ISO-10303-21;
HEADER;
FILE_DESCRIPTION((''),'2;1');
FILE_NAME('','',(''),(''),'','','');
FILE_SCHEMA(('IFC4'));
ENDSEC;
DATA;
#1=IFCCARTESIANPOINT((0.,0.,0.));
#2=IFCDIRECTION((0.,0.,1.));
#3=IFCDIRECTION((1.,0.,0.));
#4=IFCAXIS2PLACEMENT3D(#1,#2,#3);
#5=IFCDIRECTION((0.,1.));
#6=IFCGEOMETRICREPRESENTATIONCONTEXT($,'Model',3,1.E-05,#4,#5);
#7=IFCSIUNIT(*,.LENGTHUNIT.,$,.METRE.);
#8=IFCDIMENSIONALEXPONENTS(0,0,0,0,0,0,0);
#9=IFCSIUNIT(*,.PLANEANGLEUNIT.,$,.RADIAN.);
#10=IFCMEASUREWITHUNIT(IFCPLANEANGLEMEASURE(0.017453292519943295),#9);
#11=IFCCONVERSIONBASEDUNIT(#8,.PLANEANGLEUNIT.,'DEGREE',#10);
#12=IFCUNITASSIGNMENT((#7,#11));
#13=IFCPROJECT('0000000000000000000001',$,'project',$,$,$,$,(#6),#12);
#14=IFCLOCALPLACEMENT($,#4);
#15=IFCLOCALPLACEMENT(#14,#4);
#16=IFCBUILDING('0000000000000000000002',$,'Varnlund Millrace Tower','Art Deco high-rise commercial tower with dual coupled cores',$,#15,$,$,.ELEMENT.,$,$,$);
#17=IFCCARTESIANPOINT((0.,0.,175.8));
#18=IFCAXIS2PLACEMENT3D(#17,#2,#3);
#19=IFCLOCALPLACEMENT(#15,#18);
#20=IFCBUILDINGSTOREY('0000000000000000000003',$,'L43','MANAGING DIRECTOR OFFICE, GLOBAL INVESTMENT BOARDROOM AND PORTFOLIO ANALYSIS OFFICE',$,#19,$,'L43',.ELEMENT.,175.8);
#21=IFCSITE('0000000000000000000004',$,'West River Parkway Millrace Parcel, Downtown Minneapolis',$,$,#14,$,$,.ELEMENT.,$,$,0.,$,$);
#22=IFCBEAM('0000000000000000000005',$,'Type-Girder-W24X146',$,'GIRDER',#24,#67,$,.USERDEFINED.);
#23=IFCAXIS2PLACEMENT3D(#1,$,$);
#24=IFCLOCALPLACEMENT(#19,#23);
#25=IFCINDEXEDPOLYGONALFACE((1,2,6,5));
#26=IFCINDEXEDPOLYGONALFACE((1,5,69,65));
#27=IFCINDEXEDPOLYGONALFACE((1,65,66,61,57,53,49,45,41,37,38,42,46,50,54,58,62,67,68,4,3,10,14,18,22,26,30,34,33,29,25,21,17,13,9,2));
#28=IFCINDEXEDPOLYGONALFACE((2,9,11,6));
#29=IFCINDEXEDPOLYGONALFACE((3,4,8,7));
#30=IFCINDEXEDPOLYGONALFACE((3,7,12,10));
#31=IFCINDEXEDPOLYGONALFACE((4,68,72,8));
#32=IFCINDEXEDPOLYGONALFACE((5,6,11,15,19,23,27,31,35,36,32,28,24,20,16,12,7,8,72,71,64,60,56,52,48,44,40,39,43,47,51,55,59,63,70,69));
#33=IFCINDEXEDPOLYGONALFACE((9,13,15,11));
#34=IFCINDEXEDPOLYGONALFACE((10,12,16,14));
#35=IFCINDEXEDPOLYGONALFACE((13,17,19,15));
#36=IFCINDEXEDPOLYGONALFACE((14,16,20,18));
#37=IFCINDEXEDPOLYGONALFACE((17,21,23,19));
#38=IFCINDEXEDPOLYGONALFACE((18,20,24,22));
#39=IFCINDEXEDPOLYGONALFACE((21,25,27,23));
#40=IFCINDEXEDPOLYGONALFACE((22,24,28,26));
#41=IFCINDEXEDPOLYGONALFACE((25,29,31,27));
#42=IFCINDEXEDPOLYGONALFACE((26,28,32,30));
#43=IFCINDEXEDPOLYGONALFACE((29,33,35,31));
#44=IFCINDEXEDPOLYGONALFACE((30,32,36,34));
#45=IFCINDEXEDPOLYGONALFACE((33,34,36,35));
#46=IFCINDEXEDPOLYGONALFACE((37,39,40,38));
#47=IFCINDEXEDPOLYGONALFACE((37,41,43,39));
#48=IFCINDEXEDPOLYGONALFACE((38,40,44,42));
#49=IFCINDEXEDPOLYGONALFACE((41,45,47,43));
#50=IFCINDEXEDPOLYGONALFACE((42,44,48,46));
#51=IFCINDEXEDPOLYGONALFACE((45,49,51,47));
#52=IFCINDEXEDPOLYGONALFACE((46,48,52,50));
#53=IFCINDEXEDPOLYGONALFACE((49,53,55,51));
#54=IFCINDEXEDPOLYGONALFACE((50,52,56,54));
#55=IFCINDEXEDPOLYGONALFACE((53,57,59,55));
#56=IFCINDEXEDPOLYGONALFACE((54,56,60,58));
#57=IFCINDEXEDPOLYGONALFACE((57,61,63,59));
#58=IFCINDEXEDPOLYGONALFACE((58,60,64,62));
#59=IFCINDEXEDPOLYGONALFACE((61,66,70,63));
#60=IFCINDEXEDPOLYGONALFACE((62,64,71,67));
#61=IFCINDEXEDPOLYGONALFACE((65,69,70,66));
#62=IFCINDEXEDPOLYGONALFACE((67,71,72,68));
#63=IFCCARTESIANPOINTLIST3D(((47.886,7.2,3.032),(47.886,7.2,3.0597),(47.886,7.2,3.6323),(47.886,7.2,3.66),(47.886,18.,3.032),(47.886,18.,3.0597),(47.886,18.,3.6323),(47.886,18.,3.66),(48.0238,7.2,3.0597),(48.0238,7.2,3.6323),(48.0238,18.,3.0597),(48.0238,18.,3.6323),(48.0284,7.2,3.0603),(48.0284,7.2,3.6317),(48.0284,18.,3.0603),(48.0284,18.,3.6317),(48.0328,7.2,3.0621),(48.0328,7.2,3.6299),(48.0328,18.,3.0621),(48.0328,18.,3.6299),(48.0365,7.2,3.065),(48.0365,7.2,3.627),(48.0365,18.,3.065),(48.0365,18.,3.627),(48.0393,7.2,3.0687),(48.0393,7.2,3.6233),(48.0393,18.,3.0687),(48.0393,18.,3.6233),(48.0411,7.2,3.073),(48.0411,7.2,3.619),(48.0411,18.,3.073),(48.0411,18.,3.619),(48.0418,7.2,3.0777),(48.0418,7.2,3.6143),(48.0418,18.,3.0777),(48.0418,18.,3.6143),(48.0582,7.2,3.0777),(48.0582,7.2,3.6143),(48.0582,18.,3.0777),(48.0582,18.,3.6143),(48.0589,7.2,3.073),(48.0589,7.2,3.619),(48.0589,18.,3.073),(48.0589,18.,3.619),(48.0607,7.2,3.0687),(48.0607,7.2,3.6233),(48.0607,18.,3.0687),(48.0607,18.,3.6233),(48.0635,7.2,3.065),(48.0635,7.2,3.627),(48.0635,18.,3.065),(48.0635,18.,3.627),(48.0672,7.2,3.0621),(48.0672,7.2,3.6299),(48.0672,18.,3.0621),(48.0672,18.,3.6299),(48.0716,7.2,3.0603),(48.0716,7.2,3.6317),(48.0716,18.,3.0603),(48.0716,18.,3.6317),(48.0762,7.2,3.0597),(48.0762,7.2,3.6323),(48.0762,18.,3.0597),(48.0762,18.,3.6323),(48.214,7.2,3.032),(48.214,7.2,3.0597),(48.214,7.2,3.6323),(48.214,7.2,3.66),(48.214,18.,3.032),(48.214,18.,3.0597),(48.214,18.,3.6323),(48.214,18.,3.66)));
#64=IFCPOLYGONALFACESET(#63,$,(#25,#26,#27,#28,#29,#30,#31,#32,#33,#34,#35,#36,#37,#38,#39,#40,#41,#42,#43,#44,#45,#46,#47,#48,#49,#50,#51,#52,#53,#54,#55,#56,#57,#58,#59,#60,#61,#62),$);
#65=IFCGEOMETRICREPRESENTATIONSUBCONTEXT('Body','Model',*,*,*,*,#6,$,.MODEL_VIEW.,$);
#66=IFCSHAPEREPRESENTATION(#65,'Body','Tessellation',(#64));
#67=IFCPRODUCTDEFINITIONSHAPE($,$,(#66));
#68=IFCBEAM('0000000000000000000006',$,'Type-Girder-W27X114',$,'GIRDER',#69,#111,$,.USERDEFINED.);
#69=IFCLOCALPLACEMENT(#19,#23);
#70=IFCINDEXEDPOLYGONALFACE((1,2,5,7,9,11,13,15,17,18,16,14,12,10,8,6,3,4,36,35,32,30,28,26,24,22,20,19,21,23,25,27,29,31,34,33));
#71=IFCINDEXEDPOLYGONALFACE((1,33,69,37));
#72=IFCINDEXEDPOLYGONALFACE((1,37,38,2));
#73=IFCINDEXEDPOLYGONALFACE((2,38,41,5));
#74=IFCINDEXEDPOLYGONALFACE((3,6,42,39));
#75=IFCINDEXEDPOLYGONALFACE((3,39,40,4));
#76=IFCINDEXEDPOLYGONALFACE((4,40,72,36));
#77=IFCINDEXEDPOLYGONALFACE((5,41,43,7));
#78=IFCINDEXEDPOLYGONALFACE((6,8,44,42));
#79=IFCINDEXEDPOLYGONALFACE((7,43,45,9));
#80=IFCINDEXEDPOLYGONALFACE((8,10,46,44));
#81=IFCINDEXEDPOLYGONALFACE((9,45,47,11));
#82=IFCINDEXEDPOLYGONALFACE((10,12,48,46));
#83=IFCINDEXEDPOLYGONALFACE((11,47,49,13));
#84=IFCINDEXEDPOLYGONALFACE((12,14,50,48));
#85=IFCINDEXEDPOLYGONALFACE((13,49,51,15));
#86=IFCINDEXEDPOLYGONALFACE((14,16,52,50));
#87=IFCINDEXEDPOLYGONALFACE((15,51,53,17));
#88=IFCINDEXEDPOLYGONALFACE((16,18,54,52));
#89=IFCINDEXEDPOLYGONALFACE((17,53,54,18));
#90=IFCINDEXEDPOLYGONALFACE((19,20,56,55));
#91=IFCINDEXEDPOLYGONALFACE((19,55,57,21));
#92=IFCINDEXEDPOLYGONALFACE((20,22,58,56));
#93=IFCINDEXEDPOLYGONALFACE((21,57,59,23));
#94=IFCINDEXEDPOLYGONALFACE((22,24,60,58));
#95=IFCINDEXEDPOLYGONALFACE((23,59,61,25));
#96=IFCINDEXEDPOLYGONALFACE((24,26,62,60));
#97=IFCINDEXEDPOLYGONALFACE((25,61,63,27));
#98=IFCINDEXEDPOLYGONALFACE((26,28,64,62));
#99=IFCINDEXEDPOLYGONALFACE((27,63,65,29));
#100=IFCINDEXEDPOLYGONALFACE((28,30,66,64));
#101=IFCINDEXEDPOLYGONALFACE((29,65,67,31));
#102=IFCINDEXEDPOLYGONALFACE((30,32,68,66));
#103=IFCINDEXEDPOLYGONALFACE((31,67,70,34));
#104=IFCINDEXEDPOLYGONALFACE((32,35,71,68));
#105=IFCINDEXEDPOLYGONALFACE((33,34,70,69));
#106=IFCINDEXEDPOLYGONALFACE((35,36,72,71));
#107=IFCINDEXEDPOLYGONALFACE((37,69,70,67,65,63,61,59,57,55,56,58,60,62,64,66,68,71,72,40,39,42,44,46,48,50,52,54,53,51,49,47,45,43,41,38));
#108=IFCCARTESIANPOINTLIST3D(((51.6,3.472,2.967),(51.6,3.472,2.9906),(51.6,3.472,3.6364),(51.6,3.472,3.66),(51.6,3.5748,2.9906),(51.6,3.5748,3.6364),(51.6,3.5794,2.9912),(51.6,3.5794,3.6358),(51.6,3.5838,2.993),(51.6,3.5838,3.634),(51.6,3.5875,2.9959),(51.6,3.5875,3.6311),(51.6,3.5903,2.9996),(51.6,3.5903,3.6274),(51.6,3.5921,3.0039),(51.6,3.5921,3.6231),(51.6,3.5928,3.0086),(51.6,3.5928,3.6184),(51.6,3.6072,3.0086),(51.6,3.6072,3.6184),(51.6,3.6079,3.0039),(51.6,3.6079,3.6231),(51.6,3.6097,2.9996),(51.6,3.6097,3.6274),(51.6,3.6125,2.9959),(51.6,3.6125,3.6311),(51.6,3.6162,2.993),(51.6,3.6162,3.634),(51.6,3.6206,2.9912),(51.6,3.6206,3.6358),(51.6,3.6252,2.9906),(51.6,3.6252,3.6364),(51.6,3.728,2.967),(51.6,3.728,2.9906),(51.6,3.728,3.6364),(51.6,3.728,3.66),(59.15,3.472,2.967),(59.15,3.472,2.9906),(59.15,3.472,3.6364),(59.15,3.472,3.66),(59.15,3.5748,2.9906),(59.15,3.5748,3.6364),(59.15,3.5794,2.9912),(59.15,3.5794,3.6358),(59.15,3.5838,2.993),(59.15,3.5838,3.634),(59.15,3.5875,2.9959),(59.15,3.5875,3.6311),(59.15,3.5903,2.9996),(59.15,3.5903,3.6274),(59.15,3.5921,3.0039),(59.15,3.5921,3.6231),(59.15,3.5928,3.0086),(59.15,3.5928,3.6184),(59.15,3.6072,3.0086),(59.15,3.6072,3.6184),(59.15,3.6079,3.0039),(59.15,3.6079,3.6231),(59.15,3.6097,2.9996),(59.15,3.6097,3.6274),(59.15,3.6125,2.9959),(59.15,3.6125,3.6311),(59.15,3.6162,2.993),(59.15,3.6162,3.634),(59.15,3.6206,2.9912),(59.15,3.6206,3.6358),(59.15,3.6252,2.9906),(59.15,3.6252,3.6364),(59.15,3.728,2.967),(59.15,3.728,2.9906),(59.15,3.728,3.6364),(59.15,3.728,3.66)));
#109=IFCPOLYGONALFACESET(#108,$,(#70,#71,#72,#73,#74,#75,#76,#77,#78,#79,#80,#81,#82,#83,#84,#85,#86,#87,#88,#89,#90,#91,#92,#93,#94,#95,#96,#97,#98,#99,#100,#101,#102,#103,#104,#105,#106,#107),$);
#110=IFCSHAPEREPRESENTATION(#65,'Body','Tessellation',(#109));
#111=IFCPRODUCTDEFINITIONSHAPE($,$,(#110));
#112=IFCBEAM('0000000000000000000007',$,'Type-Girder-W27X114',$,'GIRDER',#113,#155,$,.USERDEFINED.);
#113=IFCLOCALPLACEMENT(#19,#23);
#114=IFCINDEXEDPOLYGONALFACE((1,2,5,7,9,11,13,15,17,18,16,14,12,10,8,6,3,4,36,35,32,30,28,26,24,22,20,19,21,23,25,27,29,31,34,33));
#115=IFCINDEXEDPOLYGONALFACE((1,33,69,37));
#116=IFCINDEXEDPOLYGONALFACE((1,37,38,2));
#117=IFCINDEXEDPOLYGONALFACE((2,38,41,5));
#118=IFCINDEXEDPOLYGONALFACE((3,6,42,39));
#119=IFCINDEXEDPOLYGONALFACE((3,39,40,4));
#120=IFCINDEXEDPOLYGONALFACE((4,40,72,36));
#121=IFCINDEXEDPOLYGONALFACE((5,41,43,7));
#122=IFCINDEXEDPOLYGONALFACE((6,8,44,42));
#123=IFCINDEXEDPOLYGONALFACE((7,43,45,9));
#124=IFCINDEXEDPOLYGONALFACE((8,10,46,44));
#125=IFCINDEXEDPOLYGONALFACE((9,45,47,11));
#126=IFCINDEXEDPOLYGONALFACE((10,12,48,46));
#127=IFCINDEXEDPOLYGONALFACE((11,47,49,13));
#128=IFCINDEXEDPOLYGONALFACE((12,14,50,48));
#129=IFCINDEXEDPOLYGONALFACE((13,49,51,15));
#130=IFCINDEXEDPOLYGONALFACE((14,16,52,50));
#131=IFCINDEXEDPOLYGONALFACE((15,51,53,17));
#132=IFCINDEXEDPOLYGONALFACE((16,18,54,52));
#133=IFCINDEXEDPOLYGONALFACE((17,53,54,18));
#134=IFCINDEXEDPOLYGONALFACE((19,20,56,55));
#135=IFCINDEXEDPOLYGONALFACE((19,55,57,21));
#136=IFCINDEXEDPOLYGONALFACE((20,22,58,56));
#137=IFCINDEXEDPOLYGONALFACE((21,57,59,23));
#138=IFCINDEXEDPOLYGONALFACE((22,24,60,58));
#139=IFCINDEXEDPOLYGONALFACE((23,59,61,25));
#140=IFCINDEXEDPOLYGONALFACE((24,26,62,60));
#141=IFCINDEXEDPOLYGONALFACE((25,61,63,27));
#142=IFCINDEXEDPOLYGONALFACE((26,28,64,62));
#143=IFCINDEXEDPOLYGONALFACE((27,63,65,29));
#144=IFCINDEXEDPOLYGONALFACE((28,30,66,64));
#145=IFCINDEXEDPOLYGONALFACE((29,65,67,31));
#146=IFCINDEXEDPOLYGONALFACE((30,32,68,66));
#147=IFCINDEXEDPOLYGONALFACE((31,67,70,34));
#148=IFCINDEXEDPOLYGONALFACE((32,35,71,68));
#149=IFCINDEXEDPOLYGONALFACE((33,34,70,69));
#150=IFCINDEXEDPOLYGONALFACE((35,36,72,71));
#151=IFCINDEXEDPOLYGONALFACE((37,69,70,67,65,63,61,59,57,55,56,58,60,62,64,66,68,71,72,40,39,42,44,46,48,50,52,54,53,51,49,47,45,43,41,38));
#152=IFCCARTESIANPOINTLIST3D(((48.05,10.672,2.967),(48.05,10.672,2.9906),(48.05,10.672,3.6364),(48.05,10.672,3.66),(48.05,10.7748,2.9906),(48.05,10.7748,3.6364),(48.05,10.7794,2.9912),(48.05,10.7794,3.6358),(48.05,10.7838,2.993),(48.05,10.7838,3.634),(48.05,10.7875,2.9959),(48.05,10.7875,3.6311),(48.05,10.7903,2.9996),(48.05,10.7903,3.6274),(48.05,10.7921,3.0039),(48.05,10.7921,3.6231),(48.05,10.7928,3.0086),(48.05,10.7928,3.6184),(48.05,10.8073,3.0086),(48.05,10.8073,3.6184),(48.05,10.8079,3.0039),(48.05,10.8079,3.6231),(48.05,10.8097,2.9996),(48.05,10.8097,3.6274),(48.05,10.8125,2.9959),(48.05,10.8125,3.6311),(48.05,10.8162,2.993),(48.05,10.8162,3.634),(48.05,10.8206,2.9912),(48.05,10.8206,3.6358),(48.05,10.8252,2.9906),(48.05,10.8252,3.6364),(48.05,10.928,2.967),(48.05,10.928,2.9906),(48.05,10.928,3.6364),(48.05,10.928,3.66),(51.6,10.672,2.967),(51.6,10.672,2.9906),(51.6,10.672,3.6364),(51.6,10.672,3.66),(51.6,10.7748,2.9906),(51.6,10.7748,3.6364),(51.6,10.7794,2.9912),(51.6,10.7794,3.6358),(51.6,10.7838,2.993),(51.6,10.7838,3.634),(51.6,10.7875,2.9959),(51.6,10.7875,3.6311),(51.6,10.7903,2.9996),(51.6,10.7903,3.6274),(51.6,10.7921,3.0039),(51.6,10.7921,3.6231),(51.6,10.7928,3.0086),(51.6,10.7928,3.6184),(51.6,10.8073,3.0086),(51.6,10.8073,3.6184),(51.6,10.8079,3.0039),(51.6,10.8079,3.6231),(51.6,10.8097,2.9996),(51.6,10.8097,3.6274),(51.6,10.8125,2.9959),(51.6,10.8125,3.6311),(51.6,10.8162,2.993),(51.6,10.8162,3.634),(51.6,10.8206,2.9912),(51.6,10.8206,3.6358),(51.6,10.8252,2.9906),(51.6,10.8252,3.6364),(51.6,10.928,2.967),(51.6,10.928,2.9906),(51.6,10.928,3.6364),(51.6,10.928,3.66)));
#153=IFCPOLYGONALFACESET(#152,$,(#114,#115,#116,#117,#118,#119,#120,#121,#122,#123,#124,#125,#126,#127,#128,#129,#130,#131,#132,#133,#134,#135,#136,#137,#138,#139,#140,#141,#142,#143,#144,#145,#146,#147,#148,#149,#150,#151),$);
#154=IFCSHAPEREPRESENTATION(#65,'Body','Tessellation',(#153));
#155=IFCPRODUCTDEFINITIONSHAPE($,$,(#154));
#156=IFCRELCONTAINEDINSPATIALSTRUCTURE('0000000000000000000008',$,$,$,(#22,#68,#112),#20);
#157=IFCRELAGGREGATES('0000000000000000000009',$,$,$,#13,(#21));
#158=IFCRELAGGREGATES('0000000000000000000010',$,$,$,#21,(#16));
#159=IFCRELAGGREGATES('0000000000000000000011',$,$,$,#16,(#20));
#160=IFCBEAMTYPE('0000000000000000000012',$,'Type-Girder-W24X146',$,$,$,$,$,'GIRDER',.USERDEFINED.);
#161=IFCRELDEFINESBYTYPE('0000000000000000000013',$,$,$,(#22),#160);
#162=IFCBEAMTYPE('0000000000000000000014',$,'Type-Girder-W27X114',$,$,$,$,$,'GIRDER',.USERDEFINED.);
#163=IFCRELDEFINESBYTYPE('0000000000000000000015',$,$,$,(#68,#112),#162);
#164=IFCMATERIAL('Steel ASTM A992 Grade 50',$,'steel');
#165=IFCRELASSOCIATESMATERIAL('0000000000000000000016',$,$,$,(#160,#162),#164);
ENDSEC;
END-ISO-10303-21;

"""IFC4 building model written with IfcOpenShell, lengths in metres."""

from ifc_helpers import new_model, entity, si_unit, converted_unit, direction, frame, origin_with_axes, origin_2d_with_axis, place, context, subcontext, project, spatial, i_section, extrude, material, material_profile, profile_set, type_object, element, save


model = new_model("IFC4")

# Units and contexts
model_context = context("Model", 3, precision=1e-05, world=origin_with_axes(), true_north=direction((0.0, 1.0)))
body_context = subcontext(model_context, "Body", "Model", "MODEL_VIEW")
ifc_project = project(units=[si_unit("LENGTHUNIT", "METRE"), converted_unit("PLANEANGLEUNIT", "DEGREE", entity("IfcPlaneAngleMeasure", 0.017453292519943295), si_unit("PLANEANGLEUNIT", "RADIAN"), dimensions=[0, 0, 0, 0, 0, 0, 0])], contexts=[model_context])

# Site, building, storey
site_placement = place(None, origin_with_axes())
site = spatial("IfcSite", under=ifc_project, at=site_placement, Name="West River Parkway Millrace Parcel, Downtown Minneapolis", CompositionType="ELEMENT", RefElevation=0.0)
building_placement = place(site_placement, origin_with_axes())
building = spatial("IfcBuilding", under=site, at=building_placement, Name="Varnlund Millrace Tower", Description="Art Deco high-rise commercial tower with dual coupled cores", CompositionType="ELEMENT")
storey_placement = place(building_placement, frame((0.0, 0.0, 175.8), z_axis=(0.0, 0.0, 1.0), x_axis=(1.0, 0.0, 0.0)))
storey = spatial("IfcBuildingStorey", under=building, at=storey_placement, Name="L43", Description="MANAGING DIRECTOR OFFICE, GLOBAL INVESTMENT BOARDROOM AND PORTFOLIO ANALYSIS OFFICE", LongName="L43", CompositionType="ELEMENT", Elevation=175.8)

# Beams
ifc_material_1 = material(Name="Steel ASTM A992 Grade 50", Category="steel")
ifc_material_profile_1 = material_profile(ifc_material_1, i_section(OverallWidth=0.328, OverallDepth=0.628, WebThickness=0.0165, FlangeThickness=0.0277, FilletRadius=0.018, at=origin_2d_with_axis()), Name="Steel ASTM A992 Grade 50")
ifc_profile_set_1 = profile_set([ifc_material_profile_1], Name="Steel ASTM A992 Grade 50")
beam_type_1 = type_object("IfcBeamType", Name="Type-Girder-W24X146", ElementType="GIRDER", PredefinedType="USERDEFINED", material=ifc_profile_set_1)
beam_1_placement = place(storey_placement, frame((48.05, 7.2, 3.346), z_axis=(0.0, 1.0, 0.0), x_axis=(-1.0, 0.0, 0.0)))
element("IfcBeam", 1, at=beam_1_placement, inside=storey, type_object=beam_type_1, Name="Type-Girder-W24X146", ObjectType="GIRDER", PredefinedType="USERDEFINED", context=body_context, shape_type="SweptSolid", body=[
    extrude(i_section(OverallWidth=0.328, OverallDepth=0.628, WebThickness=0.0165, FlangeThickness=0.0277, FilletRadius=0.018, at=origin_2d_with_axis()), origin_with_axes(), (0.0, 0.0, 1.0), 10.8),
])
ifc_material_profile_2 = material_profile(ifc_material_1, i_section(OverallWidth=0.256, OverallDepth=0.693, WebThickness=0.0145, FlangeThickness=0.0236, FilletRadius=0.018, at=origin_2d_with_axis()), Name="Steel ASTM A992 Grade 50")
ifc_profile_set_2 = profile_set([ifc_material_profile_2], Name="Steel ASTM A992 Grade 50")
beam_type_2 = type_object("IfcBeamType", Name="Type-Girder-W27X114", ElementType="GIRDER", PredefinedType="USERDEFINED", material=ifc_profile_set_2)
beam_2_placement = place(storey_placement, frame((51.6, 3.6, 3.3135), z_axis=(1.0, 0.0, 0.0), x_axis=(0.0, 1.0, 0.0)))
element("IfcBeam", 2, at=beam_2_placement, inside=storey, type_object=beam_type_2, Name="Type-Girder-W27X114", ObjectType="GIRDER", PredefinedType="USERDEFINED", context=body_context, shape_type="SweptSolid", body=[
    extrude(i_section(OverallWidth=0.256, OverallDepth=0.693, WebThickness=0.0145, FlangeThickness=0.0236, FilletRadius=0.018, at=origin_2d_with_axis()), origin_with_axes(), (0.0, 0.0, 1.0), 7.55),
])
beam_3_placement = place(storey_placement, frame((48.05, 10.8, 3.3135), z_axis=(1.0, 0.0, 0.0), x_axis=(0.0, 1.0, 0.0)))
element("IfcBeam", 3, at=beam_3_placement, inside=storey, type_object=beam_type_2, Name="Type-Girder-W27X114", ObjectType="GIRDER", PredefinedType="USERDEFINED", context=body_context, shape_type="SweptSolid", body=[
    extrude(i_section(OverallWidth=0.256, OverallDepth=0.693, WebThickness=0.0145, FlangeThickness=0.0236, FilletRadius=0.018, at=origin_2d_with_axis()), origin_with_axes(), (0.0, 0.0, 1.0), 3.55),
])

save(model, "model.ifc")
